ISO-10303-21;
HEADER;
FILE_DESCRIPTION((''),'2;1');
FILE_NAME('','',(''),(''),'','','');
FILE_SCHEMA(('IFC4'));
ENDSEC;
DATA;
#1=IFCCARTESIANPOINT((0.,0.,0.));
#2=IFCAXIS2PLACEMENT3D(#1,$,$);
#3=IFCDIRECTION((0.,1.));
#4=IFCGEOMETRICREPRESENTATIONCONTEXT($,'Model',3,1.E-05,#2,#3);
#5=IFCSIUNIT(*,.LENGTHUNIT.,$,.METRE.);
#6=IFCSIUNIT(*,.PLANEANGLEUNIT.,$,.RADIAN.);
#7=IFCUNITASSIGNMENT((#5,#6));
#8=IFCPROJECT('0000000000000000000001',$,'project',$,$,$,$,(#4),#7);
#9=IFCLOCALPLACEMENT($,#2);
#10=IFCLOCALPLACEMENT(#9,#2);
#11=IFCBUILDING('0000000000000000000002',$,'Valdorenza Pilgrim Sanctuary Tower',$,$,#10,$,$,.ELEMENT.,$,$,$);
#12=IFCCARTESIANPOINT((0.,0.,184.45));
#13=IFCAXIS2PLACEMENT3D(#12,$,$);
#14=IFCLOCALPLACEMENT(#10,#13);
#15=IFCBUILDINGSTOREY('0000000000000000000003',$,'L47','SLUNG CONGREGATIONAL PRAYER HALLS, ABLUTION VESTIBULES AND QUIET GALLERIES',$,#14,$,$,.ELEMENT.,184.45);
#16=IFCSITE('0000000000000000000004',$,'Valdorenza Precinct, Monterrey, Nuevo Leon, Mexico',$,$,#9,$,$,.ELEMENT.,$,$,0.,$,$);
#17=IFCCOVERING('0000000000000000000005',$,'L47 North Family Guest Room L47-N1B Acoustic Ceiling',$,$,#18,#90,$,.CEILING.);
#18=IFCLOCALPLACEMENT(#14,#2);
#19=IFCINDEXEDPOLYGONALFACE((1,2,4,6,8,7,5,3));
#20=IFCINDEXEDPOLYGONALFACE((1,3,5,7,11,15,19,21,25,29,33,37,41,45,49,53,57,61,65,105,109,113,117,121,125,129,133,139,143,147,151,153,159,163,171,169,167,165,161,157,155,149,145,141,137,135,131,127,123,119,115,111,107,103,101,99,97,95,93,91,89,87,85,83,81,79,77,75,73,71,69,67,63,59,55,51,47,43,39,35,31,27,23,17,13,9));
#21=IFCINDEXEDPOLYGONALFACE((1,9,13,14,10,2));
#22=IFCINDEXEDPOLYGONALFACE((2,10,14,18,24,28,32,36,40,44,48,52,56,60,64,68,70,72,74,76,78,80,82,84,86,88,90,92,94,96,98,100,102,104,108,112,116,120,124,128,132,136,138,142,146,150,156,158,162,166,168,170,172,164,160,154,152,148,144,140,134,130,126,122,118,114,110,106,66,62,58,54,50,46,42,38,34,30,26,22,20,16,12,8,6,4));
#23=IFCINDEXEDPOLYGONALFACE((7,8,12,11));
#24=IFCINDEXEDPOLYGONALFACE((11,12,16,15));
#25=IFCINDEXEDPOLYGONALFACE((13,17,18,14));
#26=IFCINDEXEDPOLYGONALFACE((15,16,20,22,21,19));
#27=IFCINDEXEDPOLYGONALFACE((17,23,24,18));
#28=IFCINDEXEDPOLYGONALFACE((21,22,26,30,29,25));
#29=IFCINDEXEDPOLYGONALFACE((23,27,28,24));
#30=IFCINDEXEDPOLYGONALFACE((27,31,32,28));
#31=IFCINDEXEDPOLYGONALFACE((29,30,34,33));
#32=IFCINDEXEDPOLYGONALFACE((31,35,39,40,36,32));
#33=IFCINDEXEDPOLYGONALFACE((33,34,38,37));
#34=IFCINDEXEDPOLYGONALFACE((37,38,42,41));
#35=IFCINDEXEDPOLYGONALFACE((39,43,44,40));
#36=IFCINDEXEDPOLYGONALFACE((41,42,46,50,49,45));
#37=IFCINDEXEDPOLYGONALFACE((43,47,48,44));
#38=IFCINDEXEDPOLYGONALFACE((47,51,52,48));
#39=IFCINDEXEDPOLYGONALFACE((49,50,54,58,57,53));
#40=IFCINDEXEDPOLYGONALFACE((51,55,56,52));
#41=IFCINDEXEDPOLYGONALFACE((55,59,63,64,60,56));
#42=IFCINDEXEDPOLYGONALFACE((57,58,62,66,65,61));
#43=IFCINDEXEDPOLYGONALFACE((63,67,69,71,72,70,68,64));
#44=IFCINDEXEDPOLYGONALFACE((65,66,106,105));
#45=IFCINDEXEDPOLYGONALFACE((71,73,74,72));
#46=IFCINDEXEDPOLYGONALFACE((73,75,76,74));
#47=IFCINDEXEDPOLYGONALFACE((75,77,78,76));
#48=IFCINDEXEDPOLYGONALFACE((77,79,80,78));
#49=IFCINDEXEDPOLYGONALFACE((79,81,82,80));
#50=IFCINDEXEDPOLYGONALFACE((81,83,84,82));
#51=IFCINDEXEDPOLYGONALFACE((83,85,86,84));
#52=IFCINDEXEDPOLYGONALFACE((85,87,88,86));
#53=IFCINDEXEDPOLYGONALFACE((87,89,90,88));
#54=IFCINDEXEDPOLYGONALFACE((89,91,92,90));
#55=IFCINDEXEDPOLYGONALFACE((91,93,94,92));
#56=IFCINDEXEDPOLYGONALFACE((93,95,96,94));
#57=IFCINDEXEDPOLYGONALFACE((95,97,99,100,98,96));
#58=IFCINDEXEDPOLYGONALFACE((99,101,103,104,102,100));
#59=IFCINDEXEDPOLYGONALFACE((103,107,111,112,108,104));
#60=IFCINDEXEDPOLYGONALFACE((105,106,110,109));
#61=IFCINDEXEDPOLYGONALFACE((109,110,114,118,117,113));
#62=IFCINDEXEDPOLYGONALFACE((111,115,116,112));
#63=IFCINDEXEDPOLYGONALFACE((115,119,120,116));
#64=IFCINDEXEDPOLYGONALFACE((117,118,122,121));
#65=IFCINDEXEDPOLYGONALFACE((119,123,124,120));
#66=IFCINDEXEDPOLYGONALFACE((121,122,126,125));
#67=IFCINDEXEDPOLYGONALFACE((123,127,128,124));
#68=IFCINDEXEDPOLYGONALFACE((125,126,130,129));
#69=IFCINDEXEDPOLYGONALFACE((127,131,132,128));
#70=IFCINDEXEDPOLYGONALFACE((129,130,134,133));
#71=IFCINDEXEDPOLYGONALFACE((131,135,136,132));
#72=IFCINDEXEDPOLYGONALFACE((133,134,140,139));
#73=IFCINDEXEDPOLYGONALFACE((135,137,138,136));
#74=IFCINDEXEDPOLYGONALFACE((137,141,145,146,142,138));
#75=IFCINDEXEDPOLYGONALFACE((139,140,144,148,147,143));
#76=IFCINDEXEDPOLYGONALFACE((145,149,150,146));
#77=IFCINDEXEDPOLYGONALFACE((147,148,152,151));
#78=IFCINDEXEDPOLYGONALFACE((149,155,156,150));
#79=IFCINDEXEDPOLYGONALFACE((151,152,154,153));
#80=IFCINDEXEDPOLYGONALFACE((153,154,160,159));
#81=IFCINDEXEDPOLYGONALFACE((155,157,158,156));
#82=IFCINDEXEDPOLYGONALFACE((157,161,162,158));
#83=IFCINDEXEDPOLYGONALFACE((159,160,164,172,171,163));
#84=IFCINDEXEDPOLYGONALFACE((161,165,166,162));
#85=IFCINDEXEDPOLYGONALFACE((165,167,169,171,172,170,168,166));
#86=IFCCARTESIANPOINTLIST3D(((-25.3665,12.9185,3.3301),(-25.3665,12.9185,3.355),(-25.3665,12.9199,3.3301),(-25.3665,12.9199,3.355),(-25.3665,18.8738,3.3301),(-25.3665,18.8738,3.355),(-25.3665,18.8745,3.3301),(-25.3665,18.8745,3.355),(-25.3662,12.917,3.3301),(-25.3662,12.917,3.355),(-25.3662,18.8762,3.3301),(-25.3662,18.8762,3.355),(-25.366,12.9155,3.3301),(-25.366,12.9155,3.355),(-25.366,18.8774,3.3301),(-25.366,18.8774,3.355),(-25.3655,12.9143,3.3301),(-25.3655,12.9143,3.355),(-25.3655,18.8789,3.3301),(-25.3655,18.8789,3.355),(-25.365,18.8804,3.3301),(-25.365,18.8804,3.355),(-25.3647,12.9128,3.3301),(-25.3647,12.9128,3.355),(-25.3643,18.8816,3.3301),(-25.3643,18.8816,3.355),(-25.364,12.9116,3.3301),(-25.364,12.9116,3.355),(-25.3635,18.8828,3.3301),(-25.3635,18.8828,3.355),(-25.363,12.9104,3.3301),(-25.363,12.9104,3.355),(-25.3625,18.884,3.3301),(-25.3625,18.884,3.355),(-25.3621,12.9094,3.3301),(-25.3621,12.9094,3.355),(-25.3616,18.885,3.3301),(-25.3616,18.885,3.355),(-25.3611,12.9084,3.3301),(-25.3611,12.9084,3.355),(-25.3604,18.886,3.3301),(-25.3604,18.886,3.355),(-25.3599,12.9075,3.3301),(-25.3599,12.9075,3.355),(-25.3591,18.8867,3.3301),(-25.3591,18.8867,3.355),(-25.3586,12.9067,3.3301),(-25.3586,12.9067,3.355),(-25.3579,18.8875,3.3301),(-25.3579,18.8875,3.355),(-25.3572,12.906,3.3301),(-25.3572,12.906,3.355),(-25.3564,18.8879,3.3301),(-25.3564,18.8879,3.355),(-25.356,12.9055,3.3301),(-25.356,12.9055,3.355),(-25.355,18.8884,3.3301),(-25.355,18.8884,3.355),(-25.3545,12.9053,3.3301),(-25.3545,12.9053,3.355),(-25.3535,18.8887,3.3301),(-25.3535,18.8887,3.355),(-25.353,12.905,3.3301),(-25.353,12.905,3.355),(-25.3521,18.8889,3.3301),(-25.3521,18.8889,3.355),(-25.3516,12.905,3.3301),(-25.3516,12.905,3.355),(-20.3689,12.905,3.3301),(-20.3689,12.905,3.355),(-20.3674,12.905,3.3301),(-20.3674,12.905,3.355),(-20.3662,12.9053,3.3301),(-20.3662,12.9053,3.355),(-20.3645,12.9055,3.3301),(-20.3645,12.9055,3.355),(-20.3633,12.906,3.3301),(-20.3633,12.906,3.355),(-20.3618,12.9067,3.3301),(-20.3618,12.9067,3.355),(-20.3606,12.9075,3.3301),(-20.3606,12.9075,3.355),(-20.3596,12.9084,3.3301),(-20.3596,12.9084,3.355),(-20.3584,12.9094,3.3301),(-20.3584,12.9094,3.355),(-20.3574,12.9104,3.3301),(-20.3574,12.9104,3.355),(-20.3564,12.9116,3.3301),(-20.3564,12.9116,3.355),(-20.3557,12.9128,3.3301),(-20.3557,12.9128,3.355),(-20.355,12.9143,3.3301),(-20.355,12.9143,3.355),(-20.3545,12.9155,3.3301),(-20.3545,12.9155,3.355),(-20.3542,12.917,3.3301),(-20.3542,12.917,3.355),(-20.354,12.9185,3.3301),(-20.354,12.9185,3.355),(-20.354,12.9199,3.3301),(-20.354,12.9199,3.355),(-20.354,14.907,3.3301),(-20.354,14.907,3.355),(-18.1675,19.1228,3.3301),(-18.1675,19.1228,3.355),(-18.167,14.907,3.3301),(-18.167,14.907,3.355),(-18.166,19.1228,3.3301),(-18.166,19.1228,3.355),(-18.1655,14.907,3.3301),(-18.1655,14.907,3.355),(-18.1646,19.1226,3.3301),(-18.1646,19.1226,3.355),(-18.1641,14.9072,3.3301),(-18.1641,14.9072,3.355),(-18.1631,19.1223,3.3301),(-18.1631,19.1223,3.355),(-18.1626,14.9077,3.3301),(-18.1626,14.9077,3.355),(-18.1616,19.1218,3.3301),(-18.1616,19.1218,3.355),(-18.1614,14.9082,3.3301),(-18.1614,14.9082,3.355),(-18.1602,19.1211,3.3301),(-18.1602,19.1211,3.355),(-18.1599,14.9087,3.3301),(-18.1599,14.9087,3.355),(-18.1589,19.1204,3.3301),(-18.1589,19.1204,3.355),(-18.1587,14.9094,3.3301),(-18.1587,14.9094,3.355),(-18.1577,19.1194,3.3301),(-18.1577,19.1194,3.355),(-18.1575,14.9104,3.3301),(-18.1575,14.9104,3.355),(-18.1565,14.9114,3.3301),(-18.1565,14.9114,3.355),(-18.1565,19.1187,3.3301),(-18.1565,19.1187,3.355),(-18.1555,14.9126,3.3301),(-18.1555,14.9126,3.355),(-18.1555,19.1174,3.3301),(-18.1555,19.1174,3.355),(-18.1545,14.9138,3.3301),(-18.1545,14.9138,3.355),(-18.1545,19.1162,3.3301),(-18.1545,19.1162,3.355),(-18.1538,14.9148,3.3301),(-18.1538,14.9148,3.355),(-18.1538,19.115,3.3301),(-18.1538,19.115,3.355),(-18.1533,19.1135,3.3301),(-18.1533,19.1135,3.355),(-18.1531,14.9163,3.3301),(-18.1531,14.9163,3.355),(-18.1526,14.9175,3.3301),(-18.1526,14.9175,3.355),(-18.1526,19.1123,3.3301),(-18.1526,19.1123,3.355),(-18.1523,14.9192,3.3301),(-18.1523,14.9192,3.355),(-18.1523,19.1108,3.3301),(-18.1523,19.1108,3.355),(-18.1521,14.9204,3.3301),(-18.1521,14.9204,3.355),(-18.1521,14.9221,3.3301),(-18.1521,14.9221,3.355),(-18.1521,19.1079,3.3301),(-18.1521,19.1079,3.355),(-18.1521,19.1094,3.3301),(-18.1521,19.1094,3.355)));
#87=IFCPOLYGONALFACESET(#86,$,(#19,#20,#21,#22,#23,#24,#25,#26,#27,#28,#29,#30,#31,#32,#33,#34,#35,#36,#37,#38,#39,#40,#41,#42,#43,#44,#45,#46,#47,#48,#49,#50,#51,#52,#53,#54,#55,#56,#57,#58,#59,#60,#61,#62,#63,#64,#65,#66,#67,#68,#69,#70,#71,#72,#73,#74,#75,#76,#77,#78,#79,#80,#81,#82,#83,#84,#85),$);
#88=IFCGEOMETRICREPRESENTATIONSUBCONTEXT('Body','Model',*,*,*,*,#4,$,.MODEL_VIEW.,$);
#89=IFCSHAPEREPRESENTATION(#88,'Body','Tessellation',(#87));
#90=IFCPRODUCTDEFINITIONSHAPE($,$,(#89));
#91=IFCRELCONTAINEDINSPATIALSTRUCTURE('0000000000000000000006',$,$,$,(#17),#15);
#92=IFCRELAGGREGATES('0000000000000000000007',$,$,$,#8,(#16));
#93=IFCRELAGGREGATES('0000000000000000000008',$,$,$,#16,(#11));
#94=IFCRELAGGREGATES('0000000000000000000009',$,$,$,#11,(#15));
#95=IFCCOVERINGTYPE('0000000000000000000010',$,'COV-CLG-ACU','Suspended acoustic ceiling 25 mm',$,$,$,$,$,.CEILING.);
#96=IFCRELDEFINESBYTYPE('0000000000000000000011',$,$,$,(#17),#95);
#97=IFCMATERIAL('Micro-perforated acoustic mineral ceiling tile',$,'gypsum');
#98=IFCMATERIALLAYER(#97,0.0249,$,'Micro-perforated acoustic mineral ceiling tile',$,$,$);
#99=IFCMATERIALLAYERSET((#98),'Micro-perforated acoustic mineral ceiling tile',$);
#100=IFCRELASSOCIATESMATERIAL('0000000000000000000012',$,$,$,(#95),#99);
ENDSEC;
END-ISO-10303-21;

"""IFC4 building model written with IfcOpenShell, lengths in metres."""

from ifc_helpers import new_model, si_unit, direction, frame, origin, place, context, subcontext, project, spatial, polyline, outline, extrude, material, layer, layer_set, type_object, element, save


model = new_model("IFC4")

# Units and contexts
model_context = context("Model", 3, precision=1e-05, world=origin(), true_north=direction((0.0, 1.0)))
body_context = subcontext(model_context, "Body", "Model", "MODEL_VIEW")
ifc_project = project(units=[si_unit("LENGTHUNIT", "METRE"), si_unit("PLANEANGLEUNIT", "RADIAN")], contexts=[model_context])

# Site, building, storey
site_placement = place(None, origin())
site = spatial("IfcSite", under=ifc_project, at=site_placement, Name="Valdorenza Precinct, Monterrey, Nuevo Leon, Mexico", CompositionType="ELEMENT", RefElevation=0.0)
building_placement = place(site_placement, origin())
building = spatial("IfcBuilding", under=site, at=building_placement, Name="Valdorenza Pilgrim Sanctuary Tower", CompositionType="ELEMENT")
storey_placement = place(building_placement, frame((0.0, 0.0, 184.45)))
storey = spatial("IfcBuildingStorey", under=building, at=storey_placement, Name="L47", Description="SLUNG CONGREGATIONAL PRAYER HALLS, ABLUTION VESTIBULES AND QUIET GALLERIES", CompositionType="ELEMENT", Elevation=184.45)

# Covering
ifc_material_1 = material(Name="Micro-perforated acoustic mineral ceiling tile", Category="gypsum")
ifc_layer_1 = layer(ifc_material_1, 0.0249, Name="Micro-perforated acoustic mineral ceiling tile")
ifc_layer_set_1 = layer_set([ifc_layer_1], Name="Micro-perforated acoustic mineral ceiling tile")
covering_type_1 = type_object("IfcCoveringType", Name="COV-CLG-ACU", Description="Suspended acoustic ceiling 25 mm", PredefinedType="CEILING", material=ifc_layer_set_1)
covering_1_placement = place(storey_placement, frame((0.0, 0.0, 3.3301)))
element("IfcCovering", 1, at=covering_1_placement, inside=storey, type_object=covering_type_1, Name="L47 North Family Guest Room L47-N1B Acoustic Ceiling", PredefinedType="CEILING", context=body_context, shape_type="SweptSolid", body=[
    extrude(outline(polyline([(-25.3665, 18.8738), (-25.3665, 18.8745), (-25.3662, 18.8762), (-25.366, 18.8774), (-25.3655, 18.8789), (-25.365, 18.8804), (-25.3643, 18.8816), (-25.3635, 18.8828), (-25.3625, 18.884), (-25.3616, 18.885), (-25.3604, 18.886), (-25.3591, 18.8867), (-25.3579, 18.8875), (-25.3564, 18.8879), (-25.355, 18.8884), (-25.3535, 18.8887), (-25.3521, 18.8889), (-18.1675, 19.1228), (-18.166, 19.1228), (-18.1646, 19.1226), (-18.1631, 19.1223), (-18.1616, 19.1218), (-18.1602, 19.1211), (-18.1589, 19.1204), (-18.1577, 19.1194), (-18.1565, 19.1187), (-18.1555, 19.1174), (-18.1545, 19.1162), (-18.1538, 19.115), (-18.1533, 19.1135), (-18.1526, 19.1123), (-18.1523, 19.1108), (-18.1521, 19.1094), (-18.1521, 19.1079), (-18.1521, 14.9221), (-18.1521, 14.9204), (-18.1523, 14.9192), (-18.1526, 14.9175), (-18.1531, 14.9163), (-18.1538, 14.9148), (-18.1545, 14.9138), (-18.1555, 14.9126), (-18.1565, 14.9114), (-18.1575, 14.9104), (-18.1587, 14.9094), (-18.1599, 14.9087), (-18.1614, 14.9082), (-18.1626, 14.9077), (-18.1641, 14.9072), (-18.1655, 14.907), (-18.167, 14.907), (-20.354, 14.907), (-20.354, 12.9199), (-20.354, 12.9185), (-20.3542, 12.917), (-20.3545, 12.9155), (-20.355, 12.9143), (-20.3557, 12.9128), (-20.3564, 12.9116), (-20.3574, 12.9104), (-20.3584, 12.9094), (-20.3596, 12.9084), (-20.3606, 12.9075), (-20.3618, 12.9067), (-20.3633, 12.906), (-20.3645, 12.9055), (-20.3662, 12.9053), (-20.3674, 12.905), (-20.3689, 12.905), (-25.3516, 12.905), (-25.353, 12.905), (-25.3545, 12.9053), (-25.356, 12.9055), (-25.3572, 12.906), (-25.3586, 12.9067), (-25.3599, 12.9075), (-25.3611, 12.9084), (-25.3621, 12.9094), (-25.363, 12.9104), (-25.364, 12.9116), (-25.3647, 12.9128), (-25.3655, 12.9143), (-25.366, 12.9155), (-25.3662, 12.917), (-25.3665, 12.9185), (-25.3665, 12.9199), (-25.3665, 18.8738), (-25.3665, 18.8738)])), origin(), (0.0, 0.0, 1.0), 0.0249),
])

save(model, "model.ifc")
